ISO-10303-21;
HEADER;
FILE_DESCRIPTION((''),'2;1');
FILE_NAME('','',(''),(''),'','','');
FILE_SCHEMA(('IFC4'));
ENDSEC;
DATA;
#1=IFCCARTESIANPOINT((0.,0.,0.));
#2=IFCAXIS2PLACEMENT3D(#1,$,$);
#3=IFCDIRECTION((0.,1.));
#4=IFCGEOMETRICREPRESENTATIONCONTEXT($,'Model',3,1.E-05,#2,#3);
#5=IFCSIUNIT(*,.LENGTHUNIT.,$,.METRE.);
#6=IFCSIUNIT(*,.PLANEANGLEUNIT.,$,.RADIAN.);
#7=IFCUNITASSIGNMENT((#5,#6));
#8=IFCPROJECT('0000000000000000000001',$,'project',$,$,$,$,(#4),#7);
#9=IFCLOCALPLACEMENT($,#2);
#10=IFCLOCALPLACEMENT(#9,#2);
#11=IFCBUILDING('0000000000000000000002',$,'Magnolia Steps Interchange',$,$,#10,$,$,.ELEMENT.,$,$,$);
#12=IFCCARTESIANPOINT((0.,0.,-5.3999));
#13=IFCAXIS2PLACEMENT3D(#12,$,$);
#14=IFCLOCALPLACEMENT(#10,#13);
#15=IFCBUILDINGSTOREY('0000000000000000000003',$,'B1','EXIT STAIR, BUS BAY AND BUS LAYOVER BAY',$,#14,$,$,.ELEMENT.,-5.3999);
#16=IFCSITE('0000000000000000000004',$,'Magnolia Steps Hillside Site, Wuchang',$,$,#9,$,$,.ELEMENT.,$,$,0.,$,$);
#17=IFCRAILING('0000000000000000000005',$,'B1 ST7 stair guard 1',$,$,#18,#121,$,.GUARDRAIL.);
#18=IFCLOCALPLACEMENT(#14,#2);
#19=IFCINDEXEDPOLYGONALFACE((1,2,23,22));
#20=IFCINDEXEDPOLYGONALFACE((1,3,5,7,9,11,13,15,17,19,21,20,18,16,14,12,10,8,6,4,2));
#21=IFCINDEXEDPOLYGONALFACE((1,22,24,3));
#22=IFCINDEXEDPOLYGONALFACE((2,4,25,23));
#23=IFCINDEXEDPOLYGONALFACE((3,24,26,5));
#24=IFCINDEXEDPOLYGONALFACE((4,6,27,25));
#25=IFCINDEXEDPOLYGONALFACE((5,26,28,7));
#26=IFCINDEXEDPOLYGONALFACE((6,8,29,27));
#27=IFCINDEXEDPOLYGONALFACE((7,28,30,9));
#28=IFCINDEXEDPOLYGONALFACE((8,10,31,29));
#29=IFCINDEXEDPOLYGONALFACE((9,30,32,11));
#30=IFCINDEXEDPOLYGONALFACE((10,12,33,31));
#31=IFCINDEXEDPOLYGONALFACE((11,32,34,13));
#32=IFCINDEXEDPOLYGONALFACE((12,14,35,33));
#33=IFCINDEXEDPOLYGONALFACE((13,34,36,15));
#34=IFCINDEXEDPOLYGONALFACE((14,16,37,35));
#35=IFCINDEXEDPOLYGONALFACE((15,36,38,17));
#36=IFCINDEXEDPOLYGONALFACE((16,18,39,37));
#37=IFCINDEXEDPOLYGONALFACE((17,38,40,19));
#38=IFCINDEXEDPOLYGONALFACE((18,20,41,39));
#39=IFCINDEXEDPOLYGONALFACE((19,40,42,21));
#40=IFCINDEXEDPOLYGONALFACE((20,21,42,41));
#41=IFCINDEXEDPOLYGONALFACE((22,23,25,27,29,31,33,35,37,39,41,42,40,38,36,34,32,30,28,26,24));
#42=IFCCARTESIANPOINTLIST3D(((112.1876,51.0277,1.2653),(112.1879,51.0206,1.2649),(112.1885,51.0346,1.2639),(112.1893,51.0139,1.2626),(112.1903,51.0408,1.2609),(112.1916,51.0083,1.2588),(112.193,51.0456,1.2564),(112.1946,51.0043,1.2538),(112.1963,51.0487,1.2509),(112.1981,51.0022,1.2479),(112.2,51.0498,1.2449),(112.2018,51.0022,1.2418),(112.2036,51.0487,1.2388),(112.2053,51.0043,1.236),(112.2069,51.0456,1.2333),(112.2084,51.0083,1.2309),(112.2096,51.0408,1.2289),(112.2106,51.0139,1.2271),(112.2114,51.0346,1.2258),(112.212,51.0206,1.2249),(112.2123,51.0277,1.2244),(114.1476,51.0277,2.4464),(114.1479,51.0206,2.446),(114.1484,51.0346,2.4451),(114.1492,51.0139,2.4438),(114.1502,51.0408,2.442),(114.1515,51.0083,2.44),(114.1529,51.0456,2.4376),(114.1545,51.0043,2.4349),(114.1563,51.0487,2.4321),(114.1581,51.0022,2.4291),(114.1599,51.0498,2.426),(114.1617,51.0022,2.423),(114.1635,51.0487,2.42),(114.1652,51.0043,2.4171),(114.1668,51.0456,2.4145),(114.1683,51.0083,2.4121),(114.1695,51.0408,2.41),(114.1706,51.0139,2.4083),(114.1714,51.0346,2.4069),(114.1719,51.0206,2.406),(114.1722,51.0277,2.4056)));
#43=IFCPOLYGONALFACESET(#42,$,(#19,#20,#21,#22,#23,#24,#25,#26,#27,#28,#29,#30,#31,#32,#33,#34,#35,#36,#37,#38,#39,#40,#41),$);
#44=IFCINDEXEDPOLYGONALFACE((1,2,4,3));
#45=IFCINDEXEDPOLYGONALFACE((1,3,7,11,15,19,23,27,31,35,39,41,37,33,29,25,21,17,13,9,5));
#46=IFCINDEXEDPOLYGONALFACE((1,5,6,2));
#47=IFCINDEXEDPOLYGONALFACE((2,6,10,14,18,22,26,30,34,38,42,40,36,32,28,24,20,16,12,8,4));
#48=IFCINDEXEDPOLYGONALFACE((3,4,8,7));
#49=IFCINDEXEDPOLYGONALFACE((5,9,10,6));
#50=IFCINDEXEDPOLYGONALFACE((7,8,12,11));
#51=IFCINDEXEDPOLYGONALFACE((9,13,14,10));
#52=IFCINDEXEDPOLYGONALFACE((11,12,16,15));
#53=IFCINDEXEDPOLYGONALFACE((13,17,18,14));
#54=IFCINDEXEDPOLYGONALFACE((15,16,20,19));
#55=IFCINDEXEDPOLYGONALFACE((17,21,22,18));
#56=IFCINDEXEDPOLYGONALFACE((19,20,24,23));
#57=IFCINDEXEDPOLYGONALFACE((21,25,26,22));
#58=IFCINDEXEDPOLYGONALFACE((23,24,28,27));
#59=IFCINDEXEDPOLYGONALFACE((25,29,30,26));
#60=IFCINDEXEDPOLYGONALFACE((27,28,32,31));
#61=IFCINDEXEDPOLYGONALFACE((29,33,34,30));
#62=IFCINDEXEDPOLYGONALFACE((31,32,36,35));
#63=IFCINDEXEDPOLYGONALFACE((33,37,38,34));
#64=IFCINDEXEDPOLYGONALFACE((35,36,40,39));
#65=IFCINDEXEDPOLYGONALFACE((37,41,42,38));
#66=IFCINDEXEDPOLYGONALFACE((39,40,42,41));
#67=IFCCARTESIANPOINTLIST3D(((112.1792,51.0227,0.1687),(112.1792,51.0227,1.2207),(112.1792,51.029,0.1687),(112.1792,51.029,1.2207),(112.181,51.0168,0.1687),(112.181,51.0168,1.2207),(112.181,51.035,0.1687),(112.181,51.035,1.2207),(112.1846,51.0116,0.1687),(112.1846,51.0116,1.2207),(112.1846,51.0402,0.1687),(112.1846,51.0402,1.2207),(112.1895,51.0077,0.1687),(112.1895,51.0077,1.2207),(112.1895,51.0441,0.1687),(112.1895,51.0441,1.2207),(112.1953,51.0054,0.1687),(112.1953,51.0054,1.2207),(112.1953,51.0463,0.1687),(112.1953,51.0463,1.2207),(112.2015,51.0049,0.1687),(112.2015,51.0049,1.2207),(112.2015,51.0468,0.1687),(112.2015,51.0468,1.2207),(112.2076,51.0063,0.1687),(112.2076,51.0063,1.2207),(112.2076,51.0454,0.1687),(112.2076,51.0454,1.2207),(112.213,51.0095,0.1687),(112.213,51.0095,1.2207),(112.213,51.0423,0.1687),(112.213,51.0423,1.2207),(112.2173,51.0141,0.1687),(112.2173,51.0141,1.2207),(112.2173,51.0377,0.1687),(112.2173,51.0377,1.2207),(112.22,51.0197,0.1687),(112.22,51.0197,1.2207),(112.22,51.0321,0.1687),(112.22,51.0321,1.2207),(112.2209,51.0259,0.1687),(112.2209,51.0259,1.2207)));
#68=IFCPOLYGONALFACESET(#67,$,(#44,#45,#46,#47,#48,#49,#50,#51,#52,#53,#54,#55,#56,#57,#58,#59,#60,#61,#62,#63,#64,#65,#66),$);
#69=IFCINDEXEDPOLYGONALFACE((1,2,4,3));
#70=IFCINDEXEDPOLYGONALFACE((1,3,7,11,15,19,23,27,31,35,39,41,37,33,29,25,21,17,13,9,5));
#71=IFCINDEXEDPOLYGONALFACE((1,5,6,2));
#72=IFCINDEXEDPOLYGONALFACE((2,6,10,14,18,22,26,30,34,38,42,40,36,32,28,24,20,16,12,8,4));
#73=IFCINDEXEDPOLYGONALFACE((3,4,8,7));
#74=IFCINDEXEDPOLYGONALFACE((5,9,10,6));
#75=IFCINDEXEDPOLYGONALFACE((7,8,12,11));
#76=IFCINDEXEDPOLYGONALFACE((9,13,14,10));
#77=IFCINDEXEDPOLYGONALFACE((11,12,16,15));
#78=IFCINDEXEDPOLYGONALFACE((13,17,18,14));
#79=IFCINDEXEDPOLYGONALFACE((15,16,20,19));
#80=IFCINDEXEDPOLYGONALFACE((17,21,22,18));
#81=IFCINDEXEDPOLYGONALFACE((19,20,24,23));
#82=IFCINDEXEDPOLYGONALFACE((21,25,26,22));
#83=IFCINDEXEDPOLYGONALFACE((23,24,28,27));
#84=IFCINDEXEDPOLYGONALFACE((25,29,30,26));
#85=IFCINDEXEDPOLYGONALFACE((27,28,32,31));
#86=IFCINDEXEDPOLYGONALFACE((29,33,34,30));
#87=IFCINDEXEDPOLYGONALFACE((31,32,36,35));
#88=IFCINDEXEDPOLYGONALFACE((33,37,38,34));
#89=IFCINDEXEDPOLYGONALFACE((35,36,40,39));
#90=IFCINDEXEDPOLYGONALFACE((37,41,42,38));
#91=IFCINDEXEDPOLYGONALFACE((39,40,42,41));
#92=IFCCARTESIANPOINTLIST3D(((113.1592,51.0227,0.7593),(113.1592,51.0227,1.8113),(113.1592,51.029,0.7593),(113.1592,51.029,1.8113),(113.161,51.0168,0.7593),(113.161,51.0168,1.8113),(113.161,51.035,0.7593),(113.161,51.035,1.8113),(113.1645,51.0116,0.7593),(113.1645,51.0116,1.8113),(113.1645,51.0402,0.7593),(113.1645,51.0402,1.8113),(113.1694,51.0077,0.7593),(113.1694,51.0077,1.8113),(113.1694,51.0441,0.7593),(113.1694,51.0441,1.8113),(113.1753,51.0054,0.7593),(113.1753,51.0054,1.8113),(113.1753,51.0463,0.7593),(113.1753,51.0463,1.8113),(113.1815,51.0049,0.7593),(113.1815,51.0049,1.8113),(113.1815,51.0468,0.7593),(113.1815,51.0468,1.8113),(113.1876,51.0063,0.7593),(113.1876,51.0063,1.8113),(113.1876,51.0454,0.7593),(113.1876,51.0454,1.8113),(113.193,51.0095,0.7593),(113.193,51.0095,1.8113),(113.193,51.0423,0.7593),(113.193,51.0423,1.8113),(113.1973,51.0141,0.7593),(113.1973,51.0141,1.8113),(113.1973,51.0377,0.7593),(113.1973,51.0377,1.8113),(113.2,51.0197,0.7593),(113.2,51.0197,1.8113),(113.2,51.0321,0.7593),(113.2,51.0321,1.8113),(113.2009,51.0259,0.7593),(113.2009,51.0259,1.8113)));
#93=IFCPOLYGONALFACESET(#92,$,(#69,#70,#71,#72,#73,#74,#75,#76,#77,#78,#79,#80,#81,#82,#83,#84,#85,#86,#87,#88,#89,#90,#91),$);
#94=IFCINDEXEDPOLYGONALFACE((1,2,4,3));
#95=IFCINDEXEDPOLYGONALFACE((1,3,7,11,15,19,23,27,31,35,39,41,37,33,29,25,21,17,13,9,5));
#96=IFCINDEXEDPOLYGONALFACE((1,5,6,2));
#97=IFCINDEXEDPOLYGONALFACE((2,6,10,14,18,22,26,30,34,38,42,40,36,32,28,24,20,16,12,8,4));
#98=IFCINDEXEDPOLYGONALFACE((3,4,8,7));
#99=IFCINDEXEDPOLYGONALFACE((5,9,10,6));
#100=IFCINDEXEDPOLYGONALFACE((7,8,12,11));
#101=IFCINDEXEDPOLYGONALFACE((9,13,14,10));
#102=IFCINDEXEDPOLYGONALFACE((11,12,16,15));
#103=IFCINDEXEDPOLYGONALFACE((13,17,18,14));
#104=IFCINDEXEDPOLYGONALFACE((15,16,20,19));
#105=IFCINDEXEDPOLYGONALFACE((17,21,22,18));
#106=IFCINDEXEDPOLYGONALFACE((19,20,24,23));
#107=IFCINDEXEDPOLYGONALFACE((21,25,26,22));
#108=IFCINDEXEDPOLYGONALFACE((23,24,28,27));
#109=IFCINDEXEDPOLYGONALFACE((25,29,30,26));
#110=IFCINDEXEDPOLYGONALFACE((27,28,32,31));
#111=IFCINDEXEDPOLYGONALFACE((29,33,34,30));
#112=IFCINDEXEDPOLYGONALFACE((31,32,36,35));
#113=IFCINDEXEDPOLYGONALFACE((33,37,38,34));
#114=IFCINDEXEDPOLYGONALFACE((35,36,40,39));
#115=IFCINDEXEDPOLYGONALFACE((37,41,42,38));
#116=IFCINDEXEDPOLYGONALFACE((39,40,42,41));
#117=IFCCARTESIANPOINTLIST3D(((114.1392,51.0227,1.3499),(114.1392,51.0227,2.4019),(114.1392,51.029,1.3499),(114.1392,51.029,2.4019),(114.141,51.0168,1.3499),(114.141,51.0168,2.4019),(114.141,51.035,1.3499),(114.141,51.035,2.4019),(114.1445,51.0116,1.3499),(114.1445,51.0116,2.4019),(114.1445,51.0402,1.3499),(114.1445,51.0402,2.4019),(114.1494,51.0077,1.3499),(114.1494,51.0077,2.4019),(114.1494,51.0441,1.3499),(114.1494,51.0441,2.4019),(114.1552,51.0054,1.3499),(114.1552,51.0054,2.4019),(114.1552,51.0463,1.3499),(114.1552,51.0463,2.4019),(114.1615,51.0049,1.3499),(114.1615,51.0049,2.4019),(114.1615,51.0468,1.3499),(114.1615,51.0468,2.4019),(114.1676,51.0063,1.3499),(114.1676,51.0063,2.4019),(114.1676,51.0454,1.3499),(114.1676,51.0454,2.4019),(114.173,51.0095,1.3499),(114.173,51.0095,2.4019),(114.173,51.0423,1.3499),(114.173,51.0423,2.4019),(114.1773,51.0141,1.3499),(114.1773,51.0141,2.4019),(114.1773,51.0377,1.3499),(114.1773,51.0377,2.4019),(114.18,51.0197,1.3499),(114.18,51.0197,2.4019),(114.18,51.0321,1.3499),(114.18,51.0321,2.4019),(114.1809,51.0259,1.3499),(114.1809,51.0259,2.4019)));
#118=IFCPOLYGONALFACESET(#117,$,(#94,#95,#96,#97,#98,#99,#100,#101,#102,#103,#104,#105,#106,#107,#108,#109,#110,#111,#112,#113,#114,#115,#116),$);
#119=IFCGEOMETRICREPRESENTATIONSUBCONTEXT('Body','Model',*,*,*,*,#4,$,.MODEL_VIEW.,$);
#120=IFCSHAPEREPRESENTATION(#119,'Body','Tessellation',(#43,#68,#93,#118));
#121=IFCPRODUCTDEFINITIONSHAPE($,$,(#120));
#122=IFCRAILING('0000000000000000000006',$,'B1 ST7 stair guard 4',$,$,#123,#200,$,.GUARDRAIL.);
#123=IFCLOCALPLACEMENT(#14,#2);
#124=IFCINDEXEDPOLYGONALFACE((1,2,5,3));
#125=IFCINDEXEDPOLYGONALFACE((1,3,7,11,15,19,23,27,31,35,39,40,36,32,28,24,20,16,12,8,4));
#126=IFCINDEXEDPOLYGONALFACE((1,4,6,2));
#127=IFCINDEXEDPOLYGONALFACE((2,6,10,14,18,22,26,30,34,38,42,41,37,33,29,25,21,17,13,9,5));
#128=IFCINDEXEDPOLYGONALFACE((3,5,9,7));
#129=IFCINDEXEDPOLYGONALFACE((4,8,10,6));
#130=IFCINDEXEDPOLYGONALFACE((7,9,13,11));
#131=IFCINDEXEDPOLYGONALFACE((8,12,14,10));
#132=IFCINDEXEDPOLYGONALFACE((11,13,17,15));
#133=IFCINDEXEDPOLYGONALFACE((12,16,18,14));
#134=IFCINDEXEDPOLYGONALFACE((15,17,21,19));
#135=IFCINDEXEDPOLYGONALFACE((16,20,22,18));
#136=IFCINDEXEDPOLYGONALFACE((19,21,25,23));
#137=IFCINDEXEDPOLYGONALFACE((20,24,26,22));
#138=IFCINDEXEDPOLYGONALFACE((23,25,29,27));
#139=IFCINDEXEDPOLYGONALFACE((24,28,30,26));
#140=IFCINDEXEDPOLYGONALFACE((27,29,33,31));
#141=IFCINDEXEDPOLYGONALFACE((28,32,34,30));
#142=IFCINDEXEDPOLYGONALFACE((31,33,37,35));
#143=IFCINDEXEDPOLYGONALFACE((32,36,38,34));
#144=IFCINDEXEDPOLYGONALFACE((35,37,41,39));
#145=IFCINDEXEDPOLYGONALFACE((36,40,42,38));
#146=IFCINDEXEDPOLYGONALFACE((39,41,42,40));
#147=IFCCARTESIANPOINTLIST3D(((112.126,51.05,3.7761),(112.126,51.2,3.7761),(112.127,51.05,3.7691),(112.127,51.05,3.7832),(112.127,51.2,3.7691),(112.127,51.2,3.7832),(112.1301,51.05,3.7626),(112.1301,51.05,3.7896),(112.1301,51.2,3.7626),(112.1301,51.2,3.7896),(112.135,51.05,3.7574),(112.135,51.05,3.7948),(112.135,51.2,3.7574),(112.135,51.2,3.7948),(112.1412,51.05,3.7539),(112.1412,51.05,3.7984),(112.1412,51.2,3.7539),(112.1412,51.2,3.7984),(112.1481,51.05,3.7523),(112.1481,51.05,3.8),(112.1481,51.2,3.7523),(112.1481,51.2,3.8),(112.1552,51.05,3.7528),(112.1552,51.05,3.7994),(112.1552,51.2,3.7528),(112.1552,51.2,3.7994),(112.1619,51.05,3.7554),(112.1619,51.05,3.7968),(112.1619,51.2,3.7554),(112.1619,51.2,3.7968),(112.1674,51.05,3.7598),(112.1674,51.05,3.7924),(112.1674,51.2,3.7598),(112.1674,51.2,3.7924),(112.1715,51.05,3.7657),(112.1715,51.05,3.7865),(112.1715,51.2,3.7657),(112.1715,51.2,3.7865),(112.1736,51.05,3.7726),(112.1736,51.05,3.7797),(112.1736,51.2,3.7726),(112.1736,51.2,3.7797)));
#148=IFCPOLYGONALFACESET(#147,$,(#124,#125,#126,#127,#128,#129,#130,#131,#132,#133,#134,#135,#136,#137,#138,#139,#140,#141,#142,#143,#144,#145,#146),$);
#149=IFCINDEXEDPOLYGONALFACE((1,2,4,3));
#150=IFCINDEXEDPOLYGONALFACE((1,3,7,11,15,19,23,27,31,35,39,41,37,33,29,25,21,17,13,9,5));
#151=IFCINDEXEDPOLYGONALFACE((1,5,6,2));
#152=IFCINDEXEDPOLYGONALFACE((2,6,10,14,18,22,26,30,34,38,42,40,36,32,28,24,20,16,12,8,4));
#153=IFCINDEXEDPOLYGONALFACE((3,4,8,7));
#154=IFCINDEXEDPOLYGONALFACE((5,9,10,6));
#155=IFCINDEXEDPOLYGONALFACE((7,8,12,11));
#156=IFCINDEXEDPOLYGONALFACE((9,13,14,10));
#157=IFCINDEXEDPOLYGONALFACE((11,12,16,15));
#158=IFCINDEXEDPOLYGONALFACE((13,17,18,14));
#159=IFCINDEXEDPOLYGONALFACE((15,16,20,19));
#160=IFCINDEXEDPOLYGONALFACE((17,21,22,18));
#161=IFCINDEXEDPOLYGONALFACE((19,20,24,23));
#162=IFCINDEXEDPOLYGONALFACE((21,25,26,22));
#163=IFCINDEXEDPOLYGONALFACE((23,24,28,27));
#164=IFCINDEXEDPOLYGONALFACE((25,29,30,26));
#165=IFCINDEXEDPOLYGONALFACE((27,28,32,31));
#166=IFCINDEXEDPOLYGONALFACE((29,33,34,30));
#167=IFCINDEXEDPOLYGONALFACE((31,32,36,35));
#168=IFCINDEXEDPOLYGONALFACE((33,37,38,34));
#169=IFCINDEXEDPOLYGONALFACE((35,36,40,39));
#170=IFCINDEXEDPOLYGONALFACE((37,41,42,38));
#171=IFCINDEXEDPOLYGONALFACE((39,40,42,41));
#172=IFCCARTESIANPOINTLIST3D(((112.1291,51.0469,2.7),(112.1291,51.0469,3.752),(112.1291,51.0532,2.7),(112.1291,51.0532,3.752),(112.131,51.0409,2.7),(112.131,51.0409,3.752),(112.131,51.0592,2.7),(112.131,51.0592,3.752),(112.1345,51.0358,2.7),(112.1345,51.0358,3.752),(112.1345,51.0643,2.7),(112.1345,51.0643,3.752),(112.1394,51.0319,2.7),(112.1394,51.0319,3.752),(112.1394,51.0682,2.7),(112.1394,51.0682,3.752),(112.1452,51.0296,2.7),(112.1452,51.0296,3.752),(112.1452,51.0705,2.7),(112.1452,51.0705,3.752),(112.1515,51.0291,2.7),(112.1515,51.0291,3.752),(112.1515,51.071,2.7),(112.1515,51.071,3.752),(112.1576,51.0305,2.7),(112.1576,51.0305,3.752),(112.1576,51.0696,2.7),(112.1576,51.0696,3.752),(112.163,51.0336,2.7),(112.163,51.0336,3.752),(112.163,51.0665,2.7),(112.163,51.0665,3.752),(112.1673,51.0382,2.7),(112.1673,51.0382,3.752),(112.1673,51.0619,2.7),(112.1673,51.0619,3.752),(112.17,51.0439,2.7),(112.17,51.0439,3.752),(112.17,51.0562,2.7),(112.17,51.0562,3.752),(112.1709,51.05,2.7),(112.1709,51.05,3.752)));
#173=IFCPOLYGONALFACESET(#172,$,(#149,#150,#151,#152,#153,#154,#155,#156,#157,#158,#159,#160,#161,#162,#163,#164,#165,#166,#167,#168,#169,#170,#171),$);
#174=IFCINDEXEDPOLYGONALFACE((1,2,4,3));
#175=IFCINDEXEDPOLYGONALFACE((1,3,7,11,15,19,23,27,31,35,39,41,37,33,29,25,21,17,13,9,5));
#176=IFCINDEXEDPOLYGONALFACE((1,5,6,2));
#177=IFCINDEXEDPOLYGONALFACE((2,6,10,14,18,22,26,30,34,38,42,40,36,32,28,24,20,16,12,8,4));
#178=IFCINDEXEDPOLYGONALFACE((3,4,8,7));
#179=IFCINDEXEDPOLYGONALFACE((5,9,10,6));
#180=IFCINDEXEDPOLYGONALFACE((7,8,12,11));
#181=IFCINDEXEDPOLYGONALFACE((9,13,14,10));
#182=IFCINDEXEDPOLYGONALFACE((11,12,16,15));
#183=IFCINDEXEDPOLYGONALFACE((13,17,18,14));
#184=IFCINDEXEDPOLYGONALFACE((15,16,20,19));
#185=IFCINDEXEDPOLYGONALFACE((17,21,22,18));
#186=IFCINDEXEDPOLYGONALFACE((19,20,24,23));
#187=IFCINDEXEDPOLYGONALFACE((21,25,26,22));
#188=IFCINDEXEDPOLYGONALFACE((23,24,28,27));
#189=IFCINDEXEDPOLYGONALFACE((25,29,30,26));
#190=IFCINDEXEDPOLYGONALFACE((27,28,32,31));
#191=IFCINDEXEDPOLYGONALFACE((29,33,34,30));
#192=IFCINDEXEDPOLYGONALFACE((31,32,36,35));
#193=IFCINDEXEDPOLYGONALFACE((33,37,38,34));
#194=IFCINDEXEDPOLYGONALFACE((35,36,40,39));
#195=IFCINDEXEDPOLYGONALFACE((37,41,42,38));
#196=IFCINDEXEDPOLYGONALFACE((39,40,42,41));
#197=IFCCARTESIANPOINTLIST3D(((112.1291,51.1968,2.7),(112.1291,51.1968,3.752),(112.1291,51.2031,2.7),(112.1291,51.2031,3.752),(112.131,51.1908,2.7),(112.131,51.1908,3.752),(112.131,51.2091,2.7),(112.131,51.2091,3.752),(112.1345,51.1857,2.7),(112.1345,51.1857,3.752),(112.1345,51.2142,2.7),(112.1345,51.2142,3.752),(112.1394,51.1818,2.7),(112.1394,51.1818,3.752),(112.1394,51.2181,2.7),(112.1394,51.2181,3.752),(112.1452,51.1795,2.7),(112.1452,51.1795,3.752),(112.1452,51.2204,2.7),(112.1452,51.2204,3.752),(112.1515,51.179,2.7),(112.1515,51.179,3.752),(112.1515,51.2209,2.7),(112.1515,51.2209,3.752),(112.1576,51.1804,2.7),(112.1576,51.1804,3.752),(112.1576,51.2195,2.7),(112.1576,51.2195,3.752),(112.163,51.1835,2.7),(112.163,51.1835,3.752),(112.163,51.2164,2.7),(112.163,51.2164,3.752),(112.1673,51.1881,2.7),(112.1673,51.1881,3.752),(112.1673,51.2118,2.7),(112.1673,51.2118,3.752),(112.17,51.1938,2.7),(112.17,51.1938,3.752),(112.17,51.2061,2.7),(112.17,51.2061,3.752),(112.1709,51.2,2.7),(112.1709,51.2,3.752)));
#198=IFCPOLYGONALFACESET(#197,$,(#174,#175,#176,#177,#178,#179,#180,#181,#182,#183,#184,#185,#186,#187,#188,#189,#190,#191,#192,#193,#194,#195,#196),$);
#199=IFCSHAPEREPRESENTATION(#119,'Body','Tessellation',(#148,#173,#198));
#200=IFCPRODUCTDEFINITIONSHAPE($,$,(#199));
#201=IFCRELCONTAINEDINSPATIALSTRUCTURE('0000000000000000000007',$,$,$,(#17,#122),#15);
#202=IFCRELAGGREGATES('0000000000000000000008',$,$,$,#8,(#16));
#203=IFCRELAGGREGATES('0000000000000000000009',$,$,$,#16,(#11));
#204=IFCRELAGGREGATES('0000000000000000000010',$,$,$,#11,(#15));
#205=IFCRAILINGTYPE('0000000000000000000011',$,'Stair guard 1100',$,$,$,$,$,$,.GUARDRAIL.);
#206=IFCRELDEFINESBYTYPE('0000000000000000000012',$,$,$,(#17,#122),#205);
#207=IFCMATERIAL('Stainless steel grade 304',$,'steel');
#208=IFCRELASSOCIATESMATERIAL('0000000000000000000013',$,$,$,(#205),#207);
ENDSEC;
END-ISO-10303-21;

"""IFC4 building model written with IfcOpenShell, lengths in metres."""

from ifc_helpers import new_model, si_unit, direction, frame, origin, origin_2d, place, context, subcontext, project, spatial, circle, extrude, material, type_object, element, save


model = new_model("IFC4")

# Units and contexts
model_context = context("Model", 3, precision=1e-05, world=origin(), true_north=direction((0.0, 1.0)))
body_context = subcontext(model_context, "Body", "Model", "MODEL_VIEW")
ifc_project = project(units=[si_unit("LENGTHUNIT", "METRE"), si_unit("PLANEANGLEUNIT", "RADIAN")], contexts=[model_context])

# Site, building, storey
site_placement = place(None, origin())
site = spatial("IfcSite", under=ifc_project, at=site_placement, Name="Magnolia Steps Hillside Site, Wuchang", CompositionType="ELEMENT", RefElevation=0.0)
building_placement = place(site_placement, origin())
building = spatial("IfcBuilding", under=site, at=building_placement, Name="Magnolia Steps Interchange", CompositionType="ELEMENT")
storey_placement = place(building_placement, frame((0.0, 0.0, -5.3999)))
storey = spatial("IfcBuildingStorey", under=building, at=storey_placement, Name="B1", Description="EXIT STAIR, BUS BAY AND BUS LAYOVER BAY", CompositionType="ELEMENT", Elevation=-5.3999)

# Railings
ifc_material_1 = material(Name="Stainless steel grade 304", Category="steel")
railing_type_1 = type_object("IfcRailingType", Name="Stair guard 1100", PredefinedType="GUARDRAIL", material=ifc_material_1)
railing_1_placement = place(storey_placement, frame((112.2, 51.0259, 0.1687)))
element("IfcRailing", 1, at=railing_1_placement, inside=storey, type_object=railing_type_1, Name="B1 ST7 stair guard 1", PredefinedType="GUARDRAIL", context=body_context, shape_type="SweptSolid", body=[
    extrude(circle(Radius=0.0239, at=origin_2d()), frame((0.0, 0.0, 1.0762), z_axis=(0.856493, 0.0, 0.516158), x_axis=(0.0, 1.0, 0.0)), (0.0, 0.0, 1.0), 2.2883),
    extrude(circle(Radius=0.021, at=origin_2d()), origin(), (0.0, 0.0, 1.0), 1.052),
    extrude(circle(Radius=0.021, at=origin_2d()), frame((0.98, 0.0, 0.5906)), (0.0, 0.0, 1.0), 1.052),
    extrude(circle(Radius=0.021, at=origin_2d()), frame((1.96, 0.0, 1.1812)), (0.0, 0.0, 1.0), 1.052),
])
railing_2_placement = place(storey_placement, frame((112.1499, 51.05, 2.7)))
element("IfcRailing", 2, at=railing_2_placement, inside=storey, type_object=railing_type_1, Name="B1 ST7 stair guard 4", PredefinedType="GUARDRAIL", context=body_context, shape_type="SweptSolid", body=[
    extrude(circle(Radius=0.0239, at=origin_2d()), frame((0.0, 0.0, 1.0762), z_axis=(0.0, 1.0, 0.0), x_axis=(-1.0, 0.0, 0.0)), (0.0, 0.0, 1.0), 0.1499),
    extrude(circle(Radius=0.021, at=origin_2d()), origin(), (0.0, 0.0, 1.0), 1.052),
    extrude(circle(Radius=0.021, at=origin_2d()), frame((0.0, 0.1499, 0.0)), (0.0, 0.0, 1.0), 1.052),
])

save(model, "model.ifc")
